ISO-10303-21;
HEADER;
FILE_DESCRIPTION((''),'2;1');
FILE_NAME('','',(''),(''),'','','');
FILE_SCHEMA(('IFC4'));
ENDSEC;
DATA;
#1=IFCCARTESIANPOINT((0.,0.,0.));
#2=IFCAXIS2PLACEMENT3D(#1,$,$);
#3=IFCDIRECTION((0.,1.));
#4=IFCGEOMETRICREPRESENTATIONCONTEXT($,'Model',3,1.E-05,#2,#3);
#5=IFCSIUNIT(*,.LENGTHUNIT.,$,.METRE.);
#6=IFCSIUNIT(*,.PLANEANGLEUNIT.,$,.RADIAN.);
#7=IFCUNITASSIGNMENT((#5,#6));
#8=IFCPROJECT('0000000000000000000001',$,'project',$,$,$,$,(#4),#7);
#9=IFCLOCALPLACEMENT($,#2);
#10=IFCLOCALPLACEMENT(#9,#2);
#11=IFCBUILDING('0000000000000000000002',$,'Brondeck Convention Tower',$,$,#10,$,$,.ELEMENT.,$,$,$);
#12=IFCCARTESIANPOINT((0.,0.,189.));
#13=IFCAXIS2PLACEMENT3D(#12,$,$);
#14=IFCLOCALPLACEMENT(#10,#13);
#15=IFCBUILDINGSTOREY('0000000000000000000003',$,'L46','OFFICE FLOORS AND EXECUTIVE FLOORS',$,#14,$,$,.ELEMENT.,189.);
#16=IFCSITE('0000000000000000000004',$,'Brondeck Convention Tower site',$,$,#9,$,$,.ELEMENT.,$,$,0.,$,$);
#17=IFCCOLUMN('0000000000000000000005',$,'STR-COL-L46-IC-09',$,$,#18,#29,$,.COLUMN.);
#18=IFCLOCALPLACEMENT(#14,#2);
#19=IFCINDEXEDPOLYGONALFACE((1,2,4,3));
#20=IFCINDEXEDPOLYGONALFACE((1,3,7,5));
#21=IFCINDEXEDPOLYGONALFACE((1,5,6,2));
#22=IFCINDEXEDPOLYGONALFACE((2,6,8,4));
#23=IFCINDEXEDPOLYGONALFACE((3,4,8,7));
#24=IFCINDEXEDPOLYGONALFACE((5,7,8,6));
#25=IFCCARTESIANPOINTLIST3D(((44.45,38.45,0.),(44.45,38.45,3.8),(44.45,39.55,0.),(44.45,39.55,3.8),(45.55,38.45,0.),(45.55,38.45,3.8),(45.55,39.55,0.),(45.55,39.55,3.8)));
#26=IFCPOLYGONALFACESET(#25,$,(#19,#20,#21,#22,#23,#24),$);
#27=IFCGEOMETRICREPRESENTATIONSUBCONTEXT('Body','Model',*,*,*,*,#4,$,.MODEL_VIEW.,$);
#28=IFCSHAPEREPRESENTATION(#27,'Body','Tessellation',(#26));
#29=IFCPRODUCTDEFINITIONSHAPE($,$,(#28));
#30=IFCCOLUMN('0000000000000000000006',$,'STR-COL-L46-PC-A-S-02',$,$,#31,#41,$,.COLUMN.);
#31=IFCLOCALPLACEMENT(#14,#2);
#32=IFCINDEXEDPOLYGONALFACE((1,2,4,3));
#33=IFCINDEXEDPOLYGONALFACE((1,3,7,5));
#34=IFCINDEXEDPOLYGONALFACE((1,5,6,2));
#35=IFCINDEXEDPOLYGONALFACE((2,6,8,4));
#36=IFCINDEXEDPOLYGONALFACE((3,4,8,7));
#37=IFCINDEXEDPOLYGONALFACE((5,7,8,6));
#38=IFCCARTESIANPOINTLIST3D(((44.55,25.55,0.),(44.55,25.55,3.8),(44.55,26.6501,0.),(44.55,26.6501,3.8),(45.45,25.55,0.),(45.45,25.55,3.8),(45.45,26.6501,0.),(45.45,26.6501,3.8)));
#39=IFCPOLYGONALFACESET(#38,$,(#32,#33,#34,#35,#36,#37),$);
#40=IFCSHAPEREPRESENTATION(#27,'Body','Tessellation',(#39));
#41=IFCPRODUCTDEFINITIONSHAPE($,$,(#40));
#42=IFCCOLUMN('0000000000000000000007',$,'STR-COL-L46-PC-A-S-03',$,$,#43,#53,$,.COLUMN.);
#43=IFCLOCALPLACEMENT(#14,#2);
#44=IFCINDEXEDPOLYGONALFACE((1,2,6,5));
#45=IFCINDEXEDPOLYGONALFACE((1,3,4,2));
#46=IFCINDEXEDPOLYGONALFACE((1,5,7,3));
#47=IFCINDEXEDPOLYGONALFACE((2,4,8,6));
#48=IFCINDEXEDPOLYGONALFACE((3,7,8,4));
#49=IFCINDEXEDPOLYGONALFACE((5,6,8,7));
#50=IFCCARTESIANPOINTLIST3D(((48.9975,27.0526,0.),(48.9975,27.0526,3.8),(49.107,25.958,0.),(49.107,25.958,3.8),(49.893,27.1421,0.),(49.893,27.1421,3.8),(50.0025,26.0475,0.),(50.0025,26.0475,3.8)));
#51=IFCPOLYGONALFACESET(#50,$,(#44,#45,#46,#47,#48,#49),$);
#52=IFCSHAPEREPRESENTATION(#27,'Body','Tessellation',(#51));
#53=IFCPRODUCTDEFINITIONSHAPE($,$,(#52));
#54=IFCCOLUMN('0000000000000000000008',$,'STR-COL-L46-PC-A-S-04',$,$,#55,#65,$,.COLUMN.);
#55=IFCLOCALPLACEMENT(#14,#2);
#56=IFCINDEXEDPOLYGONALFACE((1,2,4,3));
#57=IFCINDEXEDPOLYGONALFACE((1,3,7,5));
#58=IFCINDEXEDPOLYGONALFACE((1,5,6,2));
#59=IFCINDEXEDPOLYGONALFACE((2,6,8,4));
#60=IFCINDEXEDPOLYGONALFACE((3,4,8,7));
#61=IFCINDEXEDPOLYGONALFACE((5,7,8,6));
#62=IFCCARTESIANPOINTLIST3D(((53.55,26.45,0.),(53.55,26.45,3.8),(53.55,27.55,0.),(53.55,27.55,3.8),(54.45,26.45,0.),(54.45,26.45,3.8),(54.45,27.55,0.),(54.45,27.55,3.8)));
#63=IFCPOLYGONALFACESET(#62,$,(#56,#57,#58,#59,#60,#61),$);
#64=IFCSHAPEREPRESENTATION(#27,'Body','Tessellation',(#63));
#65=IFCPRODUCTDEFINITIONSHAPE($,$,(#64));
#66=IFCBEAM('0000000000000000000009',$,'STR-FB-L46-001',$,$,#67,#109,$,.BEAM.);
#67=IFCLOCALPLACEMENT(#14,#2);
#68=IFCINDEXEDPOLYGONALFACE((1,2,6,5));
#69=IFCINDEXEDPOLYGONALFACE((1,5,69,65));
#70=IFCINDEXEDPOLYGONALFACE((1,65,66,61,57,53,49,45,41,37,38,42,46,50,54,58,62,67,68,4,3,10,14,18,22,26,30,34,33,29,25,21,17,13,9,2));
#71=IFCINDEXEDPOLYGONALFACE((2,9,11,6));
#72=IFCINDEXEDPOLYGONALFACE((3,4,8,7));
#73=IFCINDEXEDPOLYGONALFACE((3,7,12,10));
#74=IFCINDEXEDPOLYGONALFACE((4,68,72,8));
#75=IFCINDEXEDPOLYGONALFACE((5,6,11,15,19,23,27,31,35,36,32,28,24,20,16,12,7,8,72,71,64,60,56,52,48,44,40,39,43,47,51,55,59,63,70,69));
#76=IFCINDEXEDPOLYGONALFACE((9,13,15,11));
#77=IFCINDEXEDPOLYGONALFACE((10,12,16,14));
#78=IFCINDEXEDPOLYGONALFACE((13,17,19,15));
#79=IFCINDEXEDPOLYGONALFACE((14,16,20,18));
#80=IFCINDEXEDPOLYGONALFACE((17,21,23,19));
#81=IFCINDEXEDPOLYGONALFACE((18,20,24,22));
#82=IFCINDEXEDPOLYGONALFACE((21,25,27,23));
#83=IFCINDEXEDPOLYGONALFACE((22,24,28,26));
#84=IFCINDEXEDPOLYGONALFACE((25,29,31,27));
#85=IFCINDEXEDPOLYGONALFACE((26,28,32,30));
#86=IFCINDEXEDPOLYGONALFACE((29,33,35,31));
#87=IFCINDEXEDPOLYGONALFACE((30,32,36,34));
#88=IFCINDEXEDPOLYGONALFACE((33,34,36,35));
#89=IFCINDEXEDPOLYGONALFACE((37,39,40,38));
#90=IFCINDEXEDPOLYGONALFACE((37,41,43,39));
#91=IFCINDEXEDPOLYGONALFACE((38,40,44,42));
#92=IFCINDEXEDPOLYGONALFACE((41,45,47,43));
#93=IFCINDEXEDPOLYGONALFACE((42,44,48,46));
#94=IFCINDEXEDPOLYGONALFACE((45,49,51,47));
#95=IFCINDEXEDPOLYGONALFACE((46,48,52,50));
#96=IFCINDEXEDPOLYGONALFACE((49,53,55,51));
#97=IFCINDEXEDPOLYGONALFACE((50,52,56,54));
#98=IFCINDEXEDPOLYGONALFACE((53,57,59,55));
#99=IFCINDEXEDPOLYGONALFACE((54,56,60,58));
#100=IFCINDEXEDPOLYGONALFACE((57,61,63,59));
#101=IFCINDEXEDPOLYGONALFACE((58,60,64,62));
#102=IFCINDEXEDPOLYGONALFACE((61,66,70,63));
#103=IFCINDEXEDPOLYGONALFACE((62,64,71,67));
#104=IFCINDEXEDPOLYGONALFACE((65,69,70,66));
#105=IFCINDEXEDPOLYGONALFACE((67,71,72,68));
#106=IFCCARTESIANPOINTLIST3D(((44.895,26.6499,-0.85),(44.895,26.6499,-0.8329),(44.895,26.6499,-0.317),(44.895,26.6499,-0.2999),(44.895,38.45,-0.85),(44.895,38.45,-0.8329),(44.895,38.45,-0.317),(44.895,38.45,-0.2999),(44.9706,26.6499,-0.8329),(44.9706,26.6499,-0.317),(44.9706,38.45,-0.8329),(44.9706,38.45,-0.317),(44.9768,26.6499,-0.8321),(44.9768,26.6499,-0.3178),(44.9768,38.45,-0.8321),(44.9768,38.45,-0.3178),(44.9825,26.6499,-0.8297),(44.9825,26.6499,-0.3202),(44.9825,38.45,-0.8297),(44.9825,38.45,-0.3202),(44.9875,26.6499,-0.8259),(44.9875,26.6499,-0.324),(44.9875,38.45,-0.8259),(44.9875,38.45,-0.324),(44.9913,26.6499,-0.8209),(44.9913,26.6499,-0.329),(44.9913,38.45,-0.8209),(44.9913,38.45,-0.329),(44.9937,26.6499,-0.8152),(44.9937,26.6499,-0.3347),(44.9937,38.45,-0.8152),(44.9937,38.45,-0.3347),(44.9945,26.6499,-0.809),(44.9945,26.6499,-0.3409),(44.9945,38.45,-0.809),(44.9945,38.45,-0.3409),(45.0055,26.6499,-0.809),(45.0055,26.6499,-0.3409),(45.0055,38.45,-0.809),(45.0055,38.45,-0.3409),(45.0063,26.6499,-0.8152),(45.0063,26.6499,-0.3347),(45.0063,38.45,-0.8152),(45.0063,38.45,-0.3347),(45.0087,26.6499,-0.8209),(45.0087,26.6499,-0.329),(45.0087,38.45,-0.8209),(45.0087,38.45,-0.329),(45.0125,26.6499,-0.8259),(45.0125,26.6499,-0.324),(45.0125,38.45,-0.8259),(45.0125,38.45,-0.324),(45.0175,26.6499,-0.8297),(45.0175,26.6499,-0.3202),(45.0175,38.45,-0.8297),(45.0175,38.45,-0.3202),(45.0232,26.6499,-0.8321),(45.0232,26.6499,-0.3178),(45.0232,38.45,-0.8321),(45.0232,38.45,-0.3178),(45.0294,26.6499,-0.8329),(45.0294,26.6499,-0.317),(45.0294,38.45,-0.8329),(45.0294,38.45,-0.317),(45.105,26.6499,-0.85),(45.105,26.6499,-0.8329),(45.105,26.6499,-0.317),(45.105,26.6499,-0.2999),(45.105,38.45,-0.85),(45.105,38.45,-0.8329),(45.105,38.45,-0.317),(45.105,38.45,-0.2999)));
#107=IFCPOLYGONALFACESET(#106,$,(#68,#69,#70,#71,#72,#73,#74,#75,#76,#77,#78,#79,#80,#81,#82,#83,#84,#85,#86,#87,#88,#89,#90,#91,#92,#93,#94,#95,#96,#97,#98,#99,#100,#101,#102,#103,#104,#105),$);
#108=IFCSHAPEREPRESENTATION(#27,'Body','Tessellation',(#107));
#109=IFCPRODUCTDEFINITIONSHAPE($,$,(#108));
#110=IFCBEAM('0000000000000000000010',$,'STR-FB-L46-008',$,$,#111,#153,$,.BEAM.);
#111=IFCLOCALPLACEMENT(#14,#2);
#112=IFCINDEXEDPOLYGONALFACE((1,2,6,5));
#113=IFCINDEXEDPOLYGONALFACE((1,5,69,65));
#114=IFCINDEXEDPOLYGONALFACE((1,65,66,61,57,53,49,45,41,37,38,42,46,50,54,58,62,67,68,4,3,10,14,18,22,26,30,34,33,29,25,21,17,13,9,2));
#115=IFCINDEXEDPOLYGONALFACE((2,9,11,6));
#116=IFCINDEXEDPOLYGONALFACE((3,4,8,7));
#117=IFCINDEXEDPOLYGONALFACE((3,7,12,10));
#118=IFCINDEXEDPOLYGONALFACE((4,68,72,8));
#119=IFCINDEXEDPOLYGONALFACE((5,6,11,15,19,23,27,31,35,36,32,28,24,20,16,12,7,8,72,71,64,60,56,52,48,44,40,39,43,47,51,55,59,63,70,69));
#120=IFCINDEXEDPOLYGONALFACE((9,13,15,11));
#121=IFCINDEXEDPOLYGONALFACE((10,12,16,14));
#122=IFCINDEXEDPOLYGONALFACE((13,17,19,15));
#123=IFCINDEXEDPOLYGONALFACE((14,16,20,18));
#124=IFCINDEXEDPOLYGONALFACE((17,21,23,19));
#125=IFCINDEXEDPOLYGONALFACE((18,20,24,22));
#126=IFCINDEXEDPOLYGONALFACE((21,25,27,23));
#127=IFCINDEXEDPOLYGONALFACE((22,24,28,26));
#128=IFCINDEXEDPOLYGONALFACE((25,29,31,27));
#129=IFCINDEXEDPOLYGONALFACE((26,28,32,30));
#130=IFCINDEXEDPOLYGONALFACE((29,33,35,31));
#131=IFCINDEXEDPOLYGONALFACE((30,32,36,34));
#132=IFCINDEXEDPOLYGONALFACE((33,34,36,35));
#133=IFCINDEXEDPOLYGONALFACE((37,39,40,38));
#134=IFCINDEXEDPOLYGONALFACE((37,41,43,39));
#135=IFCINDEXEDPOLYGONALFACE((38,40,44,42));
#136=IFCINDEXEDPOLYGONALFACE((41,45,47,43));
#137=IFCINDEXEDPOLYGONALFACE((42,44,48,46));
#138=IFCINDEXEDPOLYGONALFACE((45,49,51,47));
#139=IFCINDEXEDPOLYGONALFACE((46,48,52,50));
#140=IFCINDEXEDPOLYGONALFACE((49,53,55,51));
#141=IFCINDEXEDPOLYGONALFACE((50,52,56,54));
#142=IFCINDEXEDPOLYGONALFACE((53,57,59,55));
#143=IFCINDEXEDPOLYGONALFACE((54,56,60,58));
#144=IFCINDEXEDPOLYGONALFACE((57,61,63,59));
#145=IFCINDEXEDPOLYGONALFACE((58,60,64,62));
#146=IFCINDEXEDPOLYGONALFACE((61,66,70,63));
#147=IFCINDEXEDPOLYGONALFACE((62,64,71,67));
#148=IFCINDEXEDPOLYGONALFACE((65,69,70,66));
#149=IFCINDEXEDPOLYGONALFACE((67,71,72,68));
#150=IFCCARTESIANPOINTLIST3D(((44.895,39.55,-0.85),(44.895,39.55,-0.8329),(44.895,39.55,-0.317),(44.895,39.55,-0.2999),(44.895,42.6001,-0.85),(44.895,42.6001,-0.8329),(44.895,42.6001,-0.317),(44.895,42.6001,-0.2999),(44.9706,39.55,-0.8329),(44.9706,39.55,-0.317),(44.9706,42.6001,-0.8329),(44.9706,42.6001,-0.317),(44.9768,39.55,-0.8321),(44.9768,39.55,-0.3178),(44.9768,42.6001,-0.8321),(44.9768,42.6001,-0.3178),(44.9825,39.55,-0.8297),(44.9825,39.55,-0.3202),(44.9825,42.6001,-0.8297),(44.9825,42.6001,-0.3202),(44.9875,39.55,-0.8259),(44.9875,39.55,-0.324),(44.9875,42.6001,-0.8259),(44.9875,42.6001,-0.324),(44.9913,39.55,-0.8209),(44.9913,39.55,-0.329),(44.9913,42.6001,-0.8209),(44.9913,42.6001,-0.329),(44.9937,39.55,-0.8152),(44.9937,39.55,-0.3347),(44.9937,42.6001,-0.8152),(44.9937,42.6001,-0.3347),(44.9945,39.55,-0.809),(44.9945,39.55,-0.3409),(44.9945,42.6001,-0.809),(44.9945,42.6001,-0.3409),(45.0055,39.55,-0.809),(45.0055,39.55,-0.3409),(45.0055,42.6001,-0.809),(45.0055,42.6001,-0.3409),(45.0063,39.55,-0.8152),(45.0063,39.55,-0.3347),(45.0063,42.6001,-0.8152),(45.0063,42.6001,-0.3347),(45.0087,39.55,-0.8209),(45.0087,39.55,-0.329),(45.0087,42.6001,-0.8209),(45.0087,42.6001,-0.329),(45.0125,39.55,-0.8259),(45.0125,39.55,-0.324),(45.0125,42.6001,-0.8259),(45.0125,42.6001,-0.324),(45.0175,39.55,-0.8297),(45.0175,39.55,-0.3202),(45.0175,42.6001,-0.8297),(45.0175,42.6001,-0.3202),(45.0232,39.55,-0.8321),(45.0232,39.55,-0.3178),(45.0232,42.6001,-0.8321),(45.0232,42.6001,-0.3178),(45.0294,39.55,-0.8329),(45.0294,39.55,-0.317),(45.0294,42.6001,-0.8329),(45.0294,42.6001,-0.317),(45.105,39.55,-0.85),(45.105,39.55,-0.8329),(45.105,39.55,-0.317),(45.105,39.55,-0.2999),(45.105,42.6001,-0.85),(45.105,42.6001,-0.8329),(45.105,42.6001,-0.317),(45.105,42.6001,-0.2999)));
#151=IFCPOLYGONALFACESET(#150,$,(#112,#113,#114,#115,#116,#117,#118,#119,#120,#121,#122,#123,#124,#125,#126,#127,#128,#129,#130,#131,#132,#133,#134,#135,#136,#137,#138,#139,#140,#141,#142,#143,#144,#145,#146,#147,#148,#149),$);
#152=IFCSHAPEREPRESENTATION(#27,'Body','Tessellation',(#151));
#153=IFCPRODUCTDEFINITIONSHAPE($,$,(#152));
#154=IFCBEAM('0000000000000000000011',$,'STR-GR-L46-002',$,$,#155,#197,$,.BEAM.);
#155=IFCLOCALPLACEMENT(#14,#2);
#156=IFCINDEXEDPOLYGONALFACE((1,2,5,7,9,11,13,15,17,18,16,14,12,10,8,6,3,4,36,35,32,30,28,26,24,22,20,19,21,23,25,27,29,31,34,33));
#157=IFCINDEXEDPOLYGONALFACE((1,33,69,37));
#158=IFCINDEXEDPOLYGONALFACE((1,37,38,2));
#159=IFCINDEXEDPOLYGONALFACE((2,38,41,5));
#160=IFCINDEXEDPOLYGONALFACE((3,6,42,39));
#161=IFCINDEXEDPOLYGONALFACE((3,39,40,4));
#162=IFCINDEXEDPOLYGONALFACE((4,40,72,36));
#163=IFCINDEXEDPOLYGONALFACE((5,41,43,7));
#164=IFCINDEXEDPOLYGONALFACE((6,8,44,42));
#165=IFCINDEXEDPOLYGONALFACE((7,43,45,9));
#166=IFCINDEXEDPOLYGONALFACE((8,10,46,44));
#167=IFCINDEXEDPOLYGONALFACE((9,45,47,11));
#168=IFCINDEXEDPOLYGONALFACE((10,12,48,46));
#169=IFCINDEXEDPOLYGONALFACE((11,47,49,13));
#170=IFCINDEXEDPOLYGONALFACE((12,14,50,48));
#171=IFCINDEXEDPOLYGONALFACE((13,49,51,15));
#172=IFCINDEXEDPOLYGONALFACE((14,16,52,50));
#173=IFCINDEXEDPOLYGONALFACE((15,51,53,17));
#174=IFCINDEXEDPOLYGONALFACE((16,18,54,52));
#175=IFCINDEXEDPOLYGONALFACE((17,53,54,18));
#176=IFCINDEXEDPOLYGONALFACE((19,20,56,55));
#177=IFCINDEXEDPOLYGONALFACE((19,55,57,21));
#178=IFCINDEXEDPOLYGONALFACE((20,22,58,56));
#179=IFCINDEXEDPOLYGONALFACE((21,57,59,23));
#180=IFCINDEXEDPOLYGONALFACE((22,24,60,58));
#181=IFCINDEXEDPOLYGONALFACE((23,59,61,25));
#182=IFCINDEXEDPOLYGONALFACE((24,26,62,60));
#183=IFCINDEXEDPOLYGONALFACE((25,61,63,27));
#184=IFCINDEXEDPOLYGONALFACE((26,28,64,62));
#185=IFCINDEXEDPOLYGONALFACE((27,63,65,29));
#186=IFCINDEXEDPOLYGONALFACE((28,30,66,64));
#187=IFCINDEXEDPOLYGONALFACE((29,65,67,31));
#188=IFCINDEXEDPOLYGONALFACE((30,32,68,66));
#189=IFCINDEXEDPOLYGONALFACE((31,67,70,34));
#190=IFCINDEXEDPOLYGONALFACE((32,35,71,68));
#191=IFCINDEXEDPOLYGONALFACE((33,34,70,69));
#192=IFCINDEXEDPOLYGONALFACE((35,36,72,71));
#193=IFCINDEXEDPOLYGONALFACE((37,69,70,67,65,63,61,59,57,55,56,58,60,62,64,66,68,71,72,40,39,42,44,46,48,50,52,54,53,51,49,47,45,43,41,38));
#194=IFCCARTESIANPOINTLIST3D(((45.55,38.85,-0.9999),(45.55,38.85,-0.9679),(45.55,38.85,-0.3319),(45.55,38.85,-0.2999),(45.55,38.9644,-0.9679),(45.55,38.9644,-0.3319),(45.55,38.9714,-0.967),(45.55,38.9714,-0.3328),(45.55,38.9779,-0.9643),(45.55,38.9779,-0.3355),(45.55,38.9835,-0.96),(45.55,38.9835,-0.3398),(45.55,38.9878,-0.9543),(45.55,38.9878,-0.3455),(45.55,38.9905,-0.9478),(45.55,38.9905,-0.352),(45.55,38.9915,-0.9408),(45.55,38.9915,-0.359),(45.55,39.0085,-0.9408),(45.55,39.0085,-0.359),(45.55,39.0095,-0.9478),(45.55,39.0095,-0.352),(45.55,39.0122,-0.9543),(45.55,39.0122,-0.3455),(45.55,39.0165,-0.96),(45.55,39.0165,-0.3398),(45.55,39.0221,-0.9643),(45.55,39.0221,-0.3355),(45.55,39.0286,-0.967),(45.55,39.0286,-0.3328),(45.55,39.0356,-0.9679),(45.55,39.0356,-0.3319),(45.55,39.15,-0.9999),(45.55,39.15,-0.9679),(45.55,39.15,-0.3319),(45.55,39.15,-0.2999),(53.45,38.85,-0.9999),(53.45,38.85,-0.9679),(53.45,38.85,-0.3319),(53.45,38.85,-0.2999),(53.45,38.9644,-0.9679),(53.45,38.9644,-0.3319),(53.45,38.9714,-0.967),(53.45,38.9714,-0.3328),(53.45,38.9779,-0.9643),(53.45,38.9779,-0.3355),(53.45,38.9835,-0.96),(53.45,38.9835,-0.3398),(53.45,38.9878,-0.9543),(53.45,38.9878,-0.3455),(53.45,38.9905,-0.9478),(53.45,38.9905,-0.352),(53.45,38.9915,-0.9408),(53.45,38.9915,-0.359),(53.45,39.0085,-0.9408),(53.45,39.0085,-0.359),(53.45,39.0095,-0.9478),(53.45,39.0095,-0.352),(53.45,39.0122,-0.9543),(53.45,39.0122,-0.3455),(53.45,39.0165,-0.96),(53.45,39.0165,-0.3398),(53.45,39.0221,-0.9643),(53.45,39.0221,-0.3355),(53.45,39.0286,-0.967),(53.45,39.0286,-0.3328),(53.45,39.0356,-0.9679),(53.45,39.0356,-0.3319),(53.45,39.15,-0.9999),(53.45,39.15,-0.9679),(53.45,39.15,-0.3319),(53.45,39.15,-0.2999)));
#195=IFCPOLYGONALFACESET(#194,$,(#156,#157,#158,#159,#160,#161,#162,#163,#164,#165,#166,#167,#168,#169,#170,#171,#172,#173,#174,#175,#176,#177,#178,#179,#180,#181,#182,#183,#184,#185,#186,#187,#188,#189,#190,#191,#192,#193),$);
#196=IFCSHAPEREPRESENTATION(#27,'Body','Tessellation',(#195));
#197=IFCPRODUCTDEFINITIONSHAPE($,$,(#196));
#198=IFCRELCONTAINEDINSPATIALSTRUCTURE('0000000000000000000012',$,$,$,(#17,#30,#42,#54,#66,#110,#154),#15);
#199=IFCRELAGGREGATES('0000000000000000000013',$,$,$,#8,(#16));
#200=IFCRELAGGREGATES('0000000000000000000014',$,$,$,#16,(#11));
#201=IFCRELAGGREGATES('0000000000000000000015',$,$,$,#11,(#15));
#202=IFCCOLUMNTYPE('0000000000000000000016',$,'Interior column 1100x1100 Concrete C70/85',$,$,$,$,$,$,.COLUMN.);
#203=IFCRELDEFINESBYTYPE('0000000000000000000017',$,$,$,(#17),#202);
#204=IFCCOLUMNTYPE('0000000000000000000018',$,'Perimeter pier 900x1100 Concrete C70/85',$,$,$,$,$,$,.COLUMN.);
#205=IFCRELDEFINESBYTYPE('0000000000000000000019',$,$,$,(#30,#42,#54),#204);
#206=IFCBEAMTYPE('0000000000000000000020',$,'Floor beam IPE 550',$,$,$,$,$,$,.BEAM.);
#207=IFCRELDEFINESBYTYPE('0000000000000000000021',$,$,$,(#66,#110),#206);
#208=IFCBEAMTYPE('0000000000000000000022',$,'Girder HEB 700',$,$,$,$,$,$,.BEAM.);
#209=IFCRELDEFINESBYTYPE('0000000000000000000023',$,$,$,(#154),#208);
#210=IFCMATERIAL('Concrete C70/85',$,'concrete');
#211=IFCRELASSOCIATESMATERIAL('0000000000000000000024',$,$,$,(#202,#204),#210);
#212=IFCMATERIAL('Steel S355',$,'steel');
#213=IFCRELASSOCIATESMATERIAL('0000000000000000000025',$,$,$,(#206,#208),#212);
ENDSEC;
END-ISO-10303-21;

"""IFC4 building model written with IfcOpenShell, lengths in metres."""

from ifc_helpers import new_model, si_unit, direction, frame, origin, origin_2d, place, context, subcontext, project, spatial, rectangle, i_section, extrude, material, material_profile, profile_set, type_object, element, save


model = new_model("IFC4")

# Units and contexts
model_context = context("Model", 3, precision=1e-05, world=origin(), true_north=direction((0.0, 1.0)))
body_context = subcontext(model_context, "Body", "Model", "MODEL_VIEW")
ifc_project = project(units=[si_unit("LENGTHUNIT", "METRE"), si_unit("PLANEANGLEUNIT", "RADIAN")], contexts=[model_context])

# Site, building, storey
site_placement = place(None, origin())
site = spatial("IfcSite", under=ifc_project, at=site_placement, Name="Brondeck Convention Tower site", CompositionType="ELEMENT", RefElevation=0.0)
building_placement = place(site_placement, origin())
building = spatial("IfcBuilding", under=site, at=building_placement, Name="Brondeck Convention Tower", CompositionType="ELEMENT")
storey_placement = place(building_placement, frame((0.0, 0.0, 189.0)))
storey = spatial("IfcBuildingStorey", under=building, at=storey_placement, Name="L46", Description="OFFICE FLOORS AND EXECUTIVE FLOORS", CompositionType="ELEMENT", Elevation=189.0)

# Columns
ifc_material_1 = material(Name="Concrete C70/85", Category="concrete")
ifc_material_profile_1 = material_profile(ifc_material_1, rectangle(XDim=1.1001, YDim=1.1001, at=origin_2d()), Name="Interior column 1100x1100 Concrete C70/85")
ifc_profile_set_1 = profile_set([ifc_material_profile_1], Name="Concrete C70/85")
column_type_1 = type_object("IfcColumnType", Name="Interior column 1100x1100 Concrete C70/85", PredefinedType="COLUMN", material=ifc_profile_set_1)
column_placement = place(storey_placement, frame((45.0, 39.0, 0.0), z_axis=(0.0, 0.0, 1.0), x_axis=(1.0, 0.0, 0.0)))
element("IfcColumn", 1, at=column_placement, inside=storey, type_object=column_type_1, Name="STR-COL-L46-IC-09", PredefinedType="COLUMN", context=body_context, shape_type="SweptSolid", body=[
    extrude(rectangle(XDim=1.1001, YDim=1.1001, at=origin_2d()), origin(), (0.0, 0.0, 1.0), 3.8),
])
ifc_material_profile_2 = material_profile(ifc_material_1, rectangle(XDim=0.8999, YDim=1.1001, at=origin_2d()), Name="Perimeter pier 900x1100 Concrete C70/85")
ifc_profile_set_2 = profile_set([ifc_material_profile_2], Name="Concrete C70/85")
column_type_2 = type_object("IfcColumnType", Name="Perimeter pier 900x1100 Concrete C70/85", PredefinedType="COLUMN", material=ifc_profile_set_2)
for number, where, z_axis, x_axis, name in (
    (2, (45.0, 26.1001, 0.0), (0.0, 0.0, 1.0), (1.0, 0.0, 0.0), "STR-COL-L46-PC-A-S-02"),
    (3, (49.5, 26.55, 0.0), (0.0, 0.0, 1.0), (0.995037, 0.099504, 0.0), "STR-COL-L46-PC-A-S-03"),
    (4, (54.0, 27.0, 0.0), (0.0, 0.0, 1.0), (1.0, 0.0, 0.0), "STR-COL-L46-PC-A-S-04"),
):
    element("IfcColumn", number, at=place(storey_placement, frame(where, z_axis=z_axis, x_axis=x_axis)), inside=storey, type_object=column_type_2, Name=name, PredefinedType="COLUMN", context=body_context, shape_type="SweptSolid", body=[
        extrude(rectangle(XDim=0.8999, YDim=1.1001, at=origin_2d()), origin(), (0.0, 0.0, 1.0), 3.8),
    ])

# Beams
ifc_material_2 = material(Name="Steel S355", Category="steel")
ifc_material_profile_3 = material_profile(ifc_material_2, i_section(OverallWidth=0.21, OverallDepth=0.55, WebThickness=0.011, FlangeThickness=0.0171, FilletRadius=0.0239, at=origin_2d()), Name="IPE 550")
ifc_profile_set_3 = profile_set([ifc_material_profile_3], Name="Steel S355")
beam_type_1 = type_object("IfcBeamType", Name="Floor beam IPE 550", PredefinedType="BEAM", material=ifc_profile_set_3)
beam_1_placement = place(storey_placement, frame((45.0, 26.6499, -0.575), z_axis=(0.0, 1.0, 0.0), x_axis=(-1.0, 0.0, 0.0)))
element("IfcBeam", 5, at=beam_1_placement, inside=storey, type_object=beam_type_1, Name="STR-FB-L46-001", PredefinedType="BEAM", context=body_context, shape_type="SweptSolid", body=[
    extrude(i_section(OverallWidth=0.21, OverallDepth=0.55, WebThickness=0.011, FlangeThickness=0.0171, FilletRadius=0.0239, at=origin_2d()), origin(), (0.0, 0.0, 1.0), 11.8),
])
beam_2_placement = place(storey_placement, frame((45.0, 39.55, -0.575), z_axis=(0.0, 1.0, 0.0), x_axis=(-1.0, 0.0, 0.0)))
element("IfcBeam", 6, at=beam_2_placement, inside=storey, type_object=beam_type_1, Name="STR-FB-L46-008", PredefinedType="BEAM", context=body_context, shape_type="SweptSolid", body=[
    extrude(i_section(OverallWidth=0.21, OverallDepth=0.55, WebThickness=0.011, FlangeThickness=0.0171, FilletRadius=0.0239, at=origin_2d()), origin(), (0.0, 0.0, 1.0), 3.05),
])
ifc_material_profile_4 = material_profile(ifc_material_2, i_section(OverallWidth=0.3, OverallDepth=0.7, WebThickness=0.0171, FlangeThickness=0.032, FilletRadius=0.0271, at=origin_2d()), Name="HEB 700")
ifc_profile_set_4 = profile_set([ifc_material_profile_4], Name="Steel S355")
beam_type_2 = type_object("IfcBeamType", Name="Girder HEB 700", PredefinedType="BEAM", material=ifc_profile_set_4)
beam_3_placement = place(storey_placement, frame((45.55, 39.0, -0.6499), z_axis=(1.0, 0.0, 0.0), x_axis=(0.0, 1.0, 0.0)))
element("IfcBeam", 7, at=beam_3_placement, inside=storey, type_object=beam_type_2, Name="STR-GR-L46-002", PredefinedType="BEAM", context=body_context, shape_type="SweptSolid", body=[
    extrude(i_section(OverallWidth=0.3, OverallDepth=0.7, WebThickness=0.0171, FlangeThickness=0.032, FilletRadius=0.0271, at=origin_2d()), origin(), (0.0, 0.0, 1.0), 7.8999),
])

save(model, "model.ifc")
